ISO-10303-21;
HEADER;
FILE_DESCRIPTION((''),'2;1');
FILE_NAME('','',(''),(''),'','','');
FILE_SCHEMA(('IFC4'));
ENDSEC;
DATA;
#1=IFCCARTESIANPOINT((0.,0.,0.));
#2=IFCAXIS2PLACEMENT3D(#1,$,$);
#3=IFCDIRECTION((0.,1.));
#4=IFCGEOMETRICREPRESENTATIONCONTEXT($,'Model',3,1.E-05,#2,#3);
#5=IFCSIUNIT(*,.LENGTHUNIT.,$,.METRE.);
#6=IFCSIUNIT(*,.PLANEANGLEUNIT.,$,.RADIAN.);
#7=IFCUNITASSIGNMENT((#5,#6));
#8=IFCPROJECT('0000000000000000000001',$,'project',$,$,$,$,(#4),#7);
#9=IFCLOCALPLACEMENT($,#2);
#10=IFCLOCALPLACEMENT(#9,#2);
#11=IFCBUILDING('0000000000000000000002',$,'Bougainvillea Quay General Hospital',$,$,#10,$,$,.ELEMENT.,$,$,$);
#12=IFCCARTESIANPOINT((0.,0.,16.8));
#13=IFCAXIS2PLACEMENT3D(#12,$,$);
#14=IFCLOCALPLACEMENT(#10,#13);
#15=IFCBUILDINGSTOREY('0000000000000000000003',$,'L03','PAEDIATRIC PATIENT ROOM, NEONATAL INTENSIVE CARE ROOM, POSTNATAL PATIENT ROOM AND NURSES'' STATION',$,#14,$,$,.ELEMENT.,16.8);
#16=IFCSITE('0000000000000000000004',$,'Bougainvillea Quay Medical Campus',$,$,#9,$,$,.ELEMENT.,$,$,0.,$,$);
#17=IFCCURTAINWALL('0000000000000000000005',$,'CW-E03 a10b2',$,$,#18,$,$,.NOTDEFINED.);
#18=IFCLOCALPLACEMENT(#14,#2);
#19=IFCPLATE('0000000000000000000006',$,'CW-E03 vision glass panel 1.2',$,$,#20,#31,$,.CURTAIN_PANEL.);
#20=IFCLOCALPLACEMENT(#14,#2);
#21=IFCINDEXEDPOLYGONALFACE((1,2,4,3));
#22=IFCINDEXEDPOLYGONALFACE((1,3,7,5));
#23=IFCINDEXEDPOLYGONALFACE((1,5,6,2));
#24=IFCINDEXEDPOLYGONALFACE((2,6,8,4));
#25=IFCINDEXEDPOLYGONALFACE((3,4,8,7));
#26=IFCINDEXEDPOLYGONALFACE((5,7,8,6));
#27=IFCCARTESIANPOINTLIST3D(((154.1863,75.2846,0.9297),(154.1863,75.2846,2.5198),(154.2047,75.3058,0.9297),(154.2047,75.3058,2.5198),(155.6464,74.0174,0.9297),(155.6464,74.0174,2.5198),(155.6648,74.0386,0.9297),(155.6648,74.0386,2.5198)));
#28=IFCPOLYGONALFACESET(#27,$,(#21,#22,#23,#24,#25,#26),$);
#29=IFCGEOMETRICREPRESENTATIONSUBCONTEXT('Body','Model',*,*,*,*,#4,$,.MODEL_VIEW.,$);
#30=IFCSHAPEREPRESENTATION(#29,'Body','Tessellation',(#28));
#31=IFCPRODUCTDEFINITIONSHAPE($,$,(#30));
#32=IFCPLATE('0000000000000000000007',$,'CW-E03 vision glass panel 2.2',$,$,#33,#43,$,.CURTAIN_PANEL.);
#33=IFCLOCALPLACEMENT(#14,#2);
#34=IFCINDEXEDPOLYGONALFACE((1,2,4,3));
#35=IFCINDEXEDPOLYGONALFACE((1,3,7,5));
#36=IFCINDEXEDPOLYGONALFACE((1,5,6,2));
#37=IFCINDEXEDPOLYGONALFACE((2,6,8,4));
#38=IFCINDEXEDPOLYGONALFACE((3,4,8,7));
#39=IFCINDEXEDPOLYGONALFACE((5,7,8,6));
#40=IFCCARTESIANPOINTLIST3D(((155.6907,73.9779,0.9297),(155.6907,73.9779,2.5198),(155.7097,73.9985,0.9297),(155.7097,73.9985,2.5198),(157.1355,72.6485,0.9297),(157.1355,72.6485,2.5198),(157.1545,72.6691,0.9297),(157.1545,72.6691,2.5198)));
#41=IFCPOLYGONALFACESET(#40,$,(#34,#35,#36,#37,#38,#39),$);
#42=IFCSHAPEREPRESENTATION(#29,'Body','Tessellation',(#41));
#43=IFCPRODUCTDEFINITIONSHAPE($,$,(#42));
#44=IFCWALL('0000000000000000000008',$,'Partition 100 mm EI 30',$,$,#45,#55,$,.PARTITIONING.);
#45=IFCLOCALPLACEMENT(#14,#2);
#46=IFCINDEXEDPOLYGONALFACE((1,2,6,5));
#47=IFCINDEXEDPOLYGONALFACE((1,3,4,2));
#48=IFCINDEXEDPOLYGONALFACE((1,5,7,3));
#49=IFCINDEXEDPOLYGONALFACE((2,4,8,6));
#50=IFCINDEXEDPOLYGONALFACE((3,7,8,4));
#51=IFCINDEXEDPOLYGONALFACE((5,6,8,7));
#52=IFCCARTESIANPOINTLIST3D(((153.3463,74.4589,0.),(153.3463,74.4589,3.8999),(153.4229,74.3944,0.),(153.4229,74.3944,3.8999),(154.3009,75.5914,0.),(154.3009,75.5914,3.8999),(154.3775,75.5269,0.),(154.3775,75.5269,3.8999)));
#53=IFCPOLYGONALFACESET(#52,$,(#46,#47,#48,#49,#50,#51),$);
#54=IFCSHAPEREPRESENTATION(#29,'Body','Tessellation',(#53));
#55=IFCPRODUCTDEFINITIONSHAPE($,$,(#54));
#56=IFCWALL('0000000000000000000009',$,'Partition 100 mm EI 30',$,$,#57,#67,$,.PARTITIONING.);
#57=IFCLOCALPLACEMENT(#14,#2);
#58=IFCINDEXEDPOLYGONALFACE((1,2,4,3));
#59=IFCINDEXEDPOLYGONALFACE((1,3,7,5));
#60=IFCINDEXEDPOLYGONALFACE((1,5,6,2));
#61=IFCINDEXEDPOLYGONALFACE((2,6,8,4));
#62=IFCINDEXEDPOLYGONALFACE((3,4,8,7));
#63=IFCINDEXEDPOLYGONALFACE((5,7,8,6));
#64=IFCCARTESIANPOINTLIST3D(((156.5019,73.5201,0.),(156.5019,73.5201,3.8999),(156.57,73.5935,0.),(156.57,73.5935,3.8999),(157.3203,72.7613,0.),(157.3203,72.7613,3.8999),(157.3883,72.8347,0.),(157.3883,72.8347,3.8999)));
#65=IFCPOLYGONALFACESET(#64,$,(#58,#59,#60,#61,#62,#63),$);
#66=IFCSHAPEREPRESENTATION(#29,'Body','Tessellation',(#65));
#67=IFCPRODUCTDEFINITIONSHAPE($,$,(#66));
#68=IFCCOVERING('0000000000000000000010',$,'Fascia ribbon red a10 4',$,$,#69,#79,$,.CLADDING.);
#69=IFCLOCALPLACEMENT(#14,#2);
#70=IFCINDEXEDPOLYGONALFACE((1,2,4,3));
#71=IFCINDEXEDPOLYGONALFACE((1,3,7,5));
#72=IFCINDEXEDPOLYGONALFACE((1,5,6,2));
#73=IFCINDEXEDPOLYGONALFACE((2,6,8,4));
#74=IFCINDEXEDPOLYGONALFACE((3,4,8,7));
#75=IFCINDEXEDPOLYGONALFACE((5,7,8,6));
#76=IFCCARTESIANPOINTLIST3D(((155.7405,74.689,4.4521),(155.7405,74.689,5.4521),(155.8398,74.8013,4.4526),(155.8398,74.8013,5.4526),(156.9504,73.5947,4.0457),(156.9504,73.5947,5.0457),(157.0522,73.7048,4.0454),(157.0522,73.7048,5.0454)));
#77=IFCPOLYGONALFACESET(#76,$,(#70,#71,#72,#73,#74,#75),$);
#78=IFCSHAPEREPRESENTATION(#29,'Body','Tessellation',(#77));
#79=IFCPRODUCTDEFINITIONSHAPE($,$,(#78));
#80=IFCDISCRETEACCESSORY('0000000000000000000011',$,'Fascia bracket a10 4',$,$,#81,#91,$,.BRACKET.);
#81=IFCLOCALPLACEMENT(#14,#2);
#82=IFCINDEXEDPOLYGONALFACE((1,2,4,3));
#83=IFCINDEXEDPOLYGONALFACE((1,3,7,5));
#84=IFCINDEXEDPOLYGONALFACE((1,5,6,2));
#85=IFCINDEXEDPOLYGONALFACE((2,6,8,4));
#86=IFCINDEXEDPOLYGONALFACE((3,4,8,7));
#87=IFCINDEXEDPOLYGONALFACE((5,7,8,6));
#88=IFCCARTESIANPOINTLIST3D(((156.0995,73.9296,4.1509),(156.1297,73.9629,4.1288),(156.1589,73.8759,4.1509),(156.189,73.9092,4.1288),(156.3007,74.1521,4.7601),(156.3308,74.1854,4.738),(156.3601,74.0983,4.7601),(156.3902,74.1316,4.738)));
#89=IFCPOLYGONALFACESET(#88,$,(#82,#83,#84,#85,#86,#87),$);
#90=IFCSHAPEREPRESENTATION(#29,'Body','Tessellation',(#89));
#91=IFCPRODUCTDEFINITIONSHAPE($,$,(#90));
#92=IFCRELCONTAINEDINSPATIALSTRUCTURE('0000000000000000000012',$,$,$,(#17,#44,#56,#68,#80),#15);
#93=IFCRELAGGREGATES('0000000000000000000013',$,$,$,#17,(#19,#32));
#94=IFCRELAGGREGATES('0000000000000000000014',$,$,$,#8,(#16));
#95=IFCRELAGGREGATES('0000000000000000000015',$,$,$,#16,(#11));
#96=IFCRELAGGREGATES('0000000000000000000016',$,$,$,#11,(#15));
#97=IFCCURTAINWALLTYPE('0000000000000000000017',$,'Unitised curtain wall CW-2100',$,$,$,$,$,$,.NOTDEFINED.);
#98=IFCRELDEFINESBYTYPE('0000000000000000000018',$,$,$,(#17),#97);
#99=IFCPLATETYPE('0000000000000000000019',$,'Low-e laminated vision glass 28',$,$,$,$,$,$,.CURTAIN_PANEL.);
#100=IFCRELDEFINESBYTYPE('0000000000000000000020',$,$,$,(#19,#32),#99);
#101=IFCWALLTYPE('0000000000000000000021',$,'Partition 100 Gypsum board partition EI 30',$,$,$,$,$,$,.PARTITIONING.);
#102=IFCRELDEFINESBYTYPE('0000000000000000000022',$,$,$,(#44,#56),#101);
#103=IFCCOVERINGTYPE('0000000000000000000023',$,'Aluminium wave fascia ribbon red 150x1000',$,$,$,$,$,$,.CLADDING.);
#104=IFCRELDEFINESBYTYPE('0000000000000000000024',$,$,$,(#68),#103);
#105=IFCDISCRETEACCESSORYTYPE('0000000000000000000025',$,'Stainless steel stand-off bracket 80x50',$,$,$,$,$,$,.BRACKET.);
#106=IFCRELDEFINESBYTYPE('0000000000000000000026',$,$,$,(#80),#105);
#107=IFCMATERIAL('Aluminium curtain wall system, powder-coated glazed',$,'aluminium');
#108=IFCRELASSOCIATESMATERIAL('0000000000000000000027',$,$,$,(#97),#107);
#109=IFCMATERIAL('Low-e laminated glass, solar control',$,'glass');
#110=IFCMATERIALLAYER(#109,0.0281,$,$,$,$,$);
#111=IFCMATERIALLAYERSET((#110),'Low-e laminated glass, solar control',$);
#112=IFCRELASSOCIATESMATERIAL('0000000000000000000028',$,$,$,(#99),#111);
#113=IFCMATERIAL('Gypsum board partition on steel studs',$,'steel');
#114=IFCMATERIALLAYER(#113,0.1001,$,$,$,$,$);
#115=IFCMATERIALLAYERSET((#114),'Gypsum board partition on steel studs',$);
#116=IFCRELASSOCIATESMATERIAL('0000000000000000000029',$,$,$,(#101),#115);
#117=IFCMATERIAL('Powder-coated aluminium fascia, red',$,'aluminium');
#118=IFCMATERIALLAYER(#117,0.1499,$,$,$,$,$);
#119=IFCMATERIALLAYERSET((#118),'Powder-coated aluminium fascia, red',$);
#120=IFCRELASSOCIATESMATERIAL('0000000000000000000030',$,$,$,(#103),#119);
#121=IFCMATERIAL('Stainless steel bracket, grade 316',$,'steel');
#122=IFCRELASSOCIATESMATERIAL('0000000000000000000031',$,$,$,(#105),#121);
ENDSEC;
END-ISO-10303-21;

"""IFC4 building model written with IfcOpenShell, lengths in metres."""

from ifc_helpers import new_model, si_unit, direction, frame, frame_2d, origin, origin_2d, place, context, subcontext, project, spatial, polyline, rectangle, outline, extrude, material, layer, layer_set, material_profile, profile_set, type_object, element, aggregate, save


model = new_model("IFC4")

# Units and contexts
model_context = context("Model", 3, precision=1e-05, world=origin(), true_north=direction((0.0, 1.0)))
body_context = subcontext(model_context, "Body", "Model", "MODEL_VIEW")
ifc_project = project(units=[si_unit("LENGTHUNIT", "METRE"), si_unit("PLANEANGLEUNIT", "RADIAN")], contexts=[model_context])

# Site, building, storey
site_placement = place(None, origin())
site = spatial("IfcSite", under=ifc_project, at=site_placement, Name="Bougainvillea Quay Medical Campus", CompositionType="ELEMENT", RefElevation=0.0)
building_placement = place(site_placement, origin())
building = spatial("IfcBuilding", under=site, at=building_placement, Name="Bougainvillea Quay General Hospital", CompositionType="ELEMENT")
storey_placement = place(building_placement, frame((0.0, 0.0, 16.8)))
storey = spatial("IfcBuildingStorey", under=building, at=storey_placement, Name="L03", Description="PAEDIATRIC PATIENT ROOM, NEONATAL INTENSIVE CARE ROOM, POSTNATAL PATIENT ROOM AND NURSES' STATION", CompositionType="ELEMENT", Elevation=16.8)

# Curtain wall, plates
ifc_material_1 = material(Name="Aluminium curtain wall system, powder-coated glazed", Category="aluminium")
curtain_wall_type = type_object("IfcCurtainWallType", Name="Unitised curtain wall CW-2100", PredefinedType="NOTDEFINED", material=ifc_material_1)
curtain_wall_placement = place(storey_placement, origin())
curtain_wall = element("IfcCurtainWall", 1, at=curtain_wall_placement, inside=storey, type_object=curtain_wall_type, Name="CW-E03 a10b2", PredefinedType="NOTDEFINED")
ifc_material_2 = material(Name="Low-e laminated glass, solar control", Category="glass")
ifc_layer_1 = layer(ifc_material_2, 0.0281)
ifc_layer_set_1 = layer_set([ifc_layer_1], Name="Low-e laminated glass, solar control")
plate_type_1 = type_object("IfcPlateType", Name="Low-e laminated vision glass 28", PredefinedType="CURTAIN_PANEL", material=ifc_layer_set_1)
plate_1_placement = place(storey_placement, frame((154.9255, 74.6616, 0.9297), z_axis=(0.0, 0.0, 1.0), x_axis=(0.755224, -0.655467, 0.0)))
plate_1 = element("IfcPlate", 2, at=plate_1_placement, type_object=plate_type_1, Name="CW-E03 vision glass panel 1.2", PredefinedType="CURTAIN_PANEL", context=body_context, shape_type="SweptSolid", body=[
    extrude(rectangle(XDim=1.9333, YDim=0.0281, at=origin_2d()), origin(), (0.0, 0.0, 1.0), 1.5901),
])
plate_2_placement = place(storey_placement, frame((156.4226, 73.3235, 0.9297), z_axis=(0.0, 0.0, 1.0), x_axis=(0.735894, -0.677097, 0.0)))
plate_2 = element("IfcPlate", 3, at=plate_2_placement, type_object=plate_type_1, Name="CW-E03 vision glass panel 2.2", PredefinedType="CURTAIN_PANEL", context=body_context, shape_type="SweptSolid", body=[
    extrude(rectangle(XDim=1.9634, YDim=0.0281, at=origin_2d()), origin(), (0.0, 0.0, 1.0), 1.5901),
])
aggregate(curtain_wall, [plate_1, plate_2])

# Walls
ifc_material_3 = material(Name="Gypsum board partition on steel studs", Category="steel")
ifc_layer_2 = layer(ifc_material_3, 0.1001)
ifc_layer_set_2 = layer_set([ifc_layer_2], Name="Gypsum board partition on steel studs")
wall_type = type_object("IfcWallType", Name="Partition 100 Gypsum board partition EI 30", PredefinedType="PARTITIONING", material=ifc_layer_set_2)
wall_1_placement = place(storey_placement, frame((153.3845, 74.4265, 0.0), z_axis=(0.0, 0.0, 1.0), x_axis=(0.644471, 0.764629, 0.0)))
element("IfcWall", 4, at=wall_1_placement, inside=storey, type_object=wall_type, Name="Partition 100 mm EI 30", PredefinedType="PARTITIONING", context=body_context, shape_type="SweptSolid", body=[
    extrude(rectangle(XDim=1.4812, YDim=0.1001, at=frame_2d((0.7407, 0.0))), origin(), (0.0, 0.0, 1.0), 3.8999),
])
wall_2_placement = place(storey_placement, frame((156.5359, 73.5569, 0.0), z_axis=(0.0, 0.0, 1.0), x_axis=(0.733292, -0.679914, 0.0)))
element("IfcWall", 5, at=wall_2_placement, inside=storey, type_object=wall_type, Name="Partition 100 mm EI 30", PredefinedType="PARTITIONING", context=body_context, shape_type="SweptSolid", body=[
    extrude(rectangle(XDim=1.116, YDim=0.1001, at=frame_2d((0.5581, 0.0))), origin(), (0.0, 0.0, 1.0), 3.8999),
])

# Covering
ifc_material_4 = material(Name="Powder-coated aluminium fascia, red", Category="aluminium")
ifc_layer_3 = layer(ifc_material_4, 0.1499)
ifc_layer_set_3 = layer_set([ifc_layer_3], Name="Powder-coated aluminium fascia, red")
covering_type = type_object("IfcCoveringType", Name="Aluminium wave fascia ribbon red 150x1000", PredefinedType="CLADDING", material=ifc_layer_set_3)
covering_placement = place(storey_placement, frame((156.9504, 73.5947, 4.0457), z_axis=(0.178765, -0.162758, 0.970337), x_axis=(-0.719684, 0.650852, 0.241757)))
element("IfcCovering", 6, at=covering_placement, inside=storey, type_object=covering_type, Name="Fascia ribbon red a10 4", PredefinedType="CLADDING", context=body_context, shape_type="SweptSolid", body=[
    extrude(outline(polyline([(0.0, 0.0), (1.6812, 0.0), (1.6829, -0.1499), (-0.0017, -0.15), (0.0, 0.0)])), origin(), (0.241757, -0.000785, 0.970337), 1.0),
])

# Discrete accessory
ifc_material_5 = material(Name="Stainless steel bracket, grade 316", Category="steel")
ifc_material_profile_1 = material_profile(ifc_material_5, rectangle(XDim=0.0801, YDim=0.05, at=origin_2d()))
ifc_profile_set_1 = profile_set([ifc_material_profile_1], Name="Stainless steel bracket, grade 316")
discrete_accessory_type = type_object("IfcDiscreteAccessoryType", Name="Stainless steel stand-off bracket 80x50", PredefinedType="BRACKET", material=ifc_profile_set_1)
discrete_accessory_placement = place(storey_placement, frame((156.1443, 73.9194, 4.1399), z_axis=(0.296297, 0.327581, 0.897162), x_axis=(-0.741632, 0.670807, 0.0)))
element("IfcDiscreteAccessory", 7, at=discrete_accessory_placement, inside=storey, type_object=discrete_accessory_type, Name="Fascia bracket a10 4", PredefinedType="BRACKET", context=body_context, shape_type="SweptSolid", body=[
    extrude(rectangle(XDim=0.0801, YDim=0.05, at=origin_2d()), origin(), (0.0, 0.0, 1.0), 0.679),
])

save(model, "model.ifc")
